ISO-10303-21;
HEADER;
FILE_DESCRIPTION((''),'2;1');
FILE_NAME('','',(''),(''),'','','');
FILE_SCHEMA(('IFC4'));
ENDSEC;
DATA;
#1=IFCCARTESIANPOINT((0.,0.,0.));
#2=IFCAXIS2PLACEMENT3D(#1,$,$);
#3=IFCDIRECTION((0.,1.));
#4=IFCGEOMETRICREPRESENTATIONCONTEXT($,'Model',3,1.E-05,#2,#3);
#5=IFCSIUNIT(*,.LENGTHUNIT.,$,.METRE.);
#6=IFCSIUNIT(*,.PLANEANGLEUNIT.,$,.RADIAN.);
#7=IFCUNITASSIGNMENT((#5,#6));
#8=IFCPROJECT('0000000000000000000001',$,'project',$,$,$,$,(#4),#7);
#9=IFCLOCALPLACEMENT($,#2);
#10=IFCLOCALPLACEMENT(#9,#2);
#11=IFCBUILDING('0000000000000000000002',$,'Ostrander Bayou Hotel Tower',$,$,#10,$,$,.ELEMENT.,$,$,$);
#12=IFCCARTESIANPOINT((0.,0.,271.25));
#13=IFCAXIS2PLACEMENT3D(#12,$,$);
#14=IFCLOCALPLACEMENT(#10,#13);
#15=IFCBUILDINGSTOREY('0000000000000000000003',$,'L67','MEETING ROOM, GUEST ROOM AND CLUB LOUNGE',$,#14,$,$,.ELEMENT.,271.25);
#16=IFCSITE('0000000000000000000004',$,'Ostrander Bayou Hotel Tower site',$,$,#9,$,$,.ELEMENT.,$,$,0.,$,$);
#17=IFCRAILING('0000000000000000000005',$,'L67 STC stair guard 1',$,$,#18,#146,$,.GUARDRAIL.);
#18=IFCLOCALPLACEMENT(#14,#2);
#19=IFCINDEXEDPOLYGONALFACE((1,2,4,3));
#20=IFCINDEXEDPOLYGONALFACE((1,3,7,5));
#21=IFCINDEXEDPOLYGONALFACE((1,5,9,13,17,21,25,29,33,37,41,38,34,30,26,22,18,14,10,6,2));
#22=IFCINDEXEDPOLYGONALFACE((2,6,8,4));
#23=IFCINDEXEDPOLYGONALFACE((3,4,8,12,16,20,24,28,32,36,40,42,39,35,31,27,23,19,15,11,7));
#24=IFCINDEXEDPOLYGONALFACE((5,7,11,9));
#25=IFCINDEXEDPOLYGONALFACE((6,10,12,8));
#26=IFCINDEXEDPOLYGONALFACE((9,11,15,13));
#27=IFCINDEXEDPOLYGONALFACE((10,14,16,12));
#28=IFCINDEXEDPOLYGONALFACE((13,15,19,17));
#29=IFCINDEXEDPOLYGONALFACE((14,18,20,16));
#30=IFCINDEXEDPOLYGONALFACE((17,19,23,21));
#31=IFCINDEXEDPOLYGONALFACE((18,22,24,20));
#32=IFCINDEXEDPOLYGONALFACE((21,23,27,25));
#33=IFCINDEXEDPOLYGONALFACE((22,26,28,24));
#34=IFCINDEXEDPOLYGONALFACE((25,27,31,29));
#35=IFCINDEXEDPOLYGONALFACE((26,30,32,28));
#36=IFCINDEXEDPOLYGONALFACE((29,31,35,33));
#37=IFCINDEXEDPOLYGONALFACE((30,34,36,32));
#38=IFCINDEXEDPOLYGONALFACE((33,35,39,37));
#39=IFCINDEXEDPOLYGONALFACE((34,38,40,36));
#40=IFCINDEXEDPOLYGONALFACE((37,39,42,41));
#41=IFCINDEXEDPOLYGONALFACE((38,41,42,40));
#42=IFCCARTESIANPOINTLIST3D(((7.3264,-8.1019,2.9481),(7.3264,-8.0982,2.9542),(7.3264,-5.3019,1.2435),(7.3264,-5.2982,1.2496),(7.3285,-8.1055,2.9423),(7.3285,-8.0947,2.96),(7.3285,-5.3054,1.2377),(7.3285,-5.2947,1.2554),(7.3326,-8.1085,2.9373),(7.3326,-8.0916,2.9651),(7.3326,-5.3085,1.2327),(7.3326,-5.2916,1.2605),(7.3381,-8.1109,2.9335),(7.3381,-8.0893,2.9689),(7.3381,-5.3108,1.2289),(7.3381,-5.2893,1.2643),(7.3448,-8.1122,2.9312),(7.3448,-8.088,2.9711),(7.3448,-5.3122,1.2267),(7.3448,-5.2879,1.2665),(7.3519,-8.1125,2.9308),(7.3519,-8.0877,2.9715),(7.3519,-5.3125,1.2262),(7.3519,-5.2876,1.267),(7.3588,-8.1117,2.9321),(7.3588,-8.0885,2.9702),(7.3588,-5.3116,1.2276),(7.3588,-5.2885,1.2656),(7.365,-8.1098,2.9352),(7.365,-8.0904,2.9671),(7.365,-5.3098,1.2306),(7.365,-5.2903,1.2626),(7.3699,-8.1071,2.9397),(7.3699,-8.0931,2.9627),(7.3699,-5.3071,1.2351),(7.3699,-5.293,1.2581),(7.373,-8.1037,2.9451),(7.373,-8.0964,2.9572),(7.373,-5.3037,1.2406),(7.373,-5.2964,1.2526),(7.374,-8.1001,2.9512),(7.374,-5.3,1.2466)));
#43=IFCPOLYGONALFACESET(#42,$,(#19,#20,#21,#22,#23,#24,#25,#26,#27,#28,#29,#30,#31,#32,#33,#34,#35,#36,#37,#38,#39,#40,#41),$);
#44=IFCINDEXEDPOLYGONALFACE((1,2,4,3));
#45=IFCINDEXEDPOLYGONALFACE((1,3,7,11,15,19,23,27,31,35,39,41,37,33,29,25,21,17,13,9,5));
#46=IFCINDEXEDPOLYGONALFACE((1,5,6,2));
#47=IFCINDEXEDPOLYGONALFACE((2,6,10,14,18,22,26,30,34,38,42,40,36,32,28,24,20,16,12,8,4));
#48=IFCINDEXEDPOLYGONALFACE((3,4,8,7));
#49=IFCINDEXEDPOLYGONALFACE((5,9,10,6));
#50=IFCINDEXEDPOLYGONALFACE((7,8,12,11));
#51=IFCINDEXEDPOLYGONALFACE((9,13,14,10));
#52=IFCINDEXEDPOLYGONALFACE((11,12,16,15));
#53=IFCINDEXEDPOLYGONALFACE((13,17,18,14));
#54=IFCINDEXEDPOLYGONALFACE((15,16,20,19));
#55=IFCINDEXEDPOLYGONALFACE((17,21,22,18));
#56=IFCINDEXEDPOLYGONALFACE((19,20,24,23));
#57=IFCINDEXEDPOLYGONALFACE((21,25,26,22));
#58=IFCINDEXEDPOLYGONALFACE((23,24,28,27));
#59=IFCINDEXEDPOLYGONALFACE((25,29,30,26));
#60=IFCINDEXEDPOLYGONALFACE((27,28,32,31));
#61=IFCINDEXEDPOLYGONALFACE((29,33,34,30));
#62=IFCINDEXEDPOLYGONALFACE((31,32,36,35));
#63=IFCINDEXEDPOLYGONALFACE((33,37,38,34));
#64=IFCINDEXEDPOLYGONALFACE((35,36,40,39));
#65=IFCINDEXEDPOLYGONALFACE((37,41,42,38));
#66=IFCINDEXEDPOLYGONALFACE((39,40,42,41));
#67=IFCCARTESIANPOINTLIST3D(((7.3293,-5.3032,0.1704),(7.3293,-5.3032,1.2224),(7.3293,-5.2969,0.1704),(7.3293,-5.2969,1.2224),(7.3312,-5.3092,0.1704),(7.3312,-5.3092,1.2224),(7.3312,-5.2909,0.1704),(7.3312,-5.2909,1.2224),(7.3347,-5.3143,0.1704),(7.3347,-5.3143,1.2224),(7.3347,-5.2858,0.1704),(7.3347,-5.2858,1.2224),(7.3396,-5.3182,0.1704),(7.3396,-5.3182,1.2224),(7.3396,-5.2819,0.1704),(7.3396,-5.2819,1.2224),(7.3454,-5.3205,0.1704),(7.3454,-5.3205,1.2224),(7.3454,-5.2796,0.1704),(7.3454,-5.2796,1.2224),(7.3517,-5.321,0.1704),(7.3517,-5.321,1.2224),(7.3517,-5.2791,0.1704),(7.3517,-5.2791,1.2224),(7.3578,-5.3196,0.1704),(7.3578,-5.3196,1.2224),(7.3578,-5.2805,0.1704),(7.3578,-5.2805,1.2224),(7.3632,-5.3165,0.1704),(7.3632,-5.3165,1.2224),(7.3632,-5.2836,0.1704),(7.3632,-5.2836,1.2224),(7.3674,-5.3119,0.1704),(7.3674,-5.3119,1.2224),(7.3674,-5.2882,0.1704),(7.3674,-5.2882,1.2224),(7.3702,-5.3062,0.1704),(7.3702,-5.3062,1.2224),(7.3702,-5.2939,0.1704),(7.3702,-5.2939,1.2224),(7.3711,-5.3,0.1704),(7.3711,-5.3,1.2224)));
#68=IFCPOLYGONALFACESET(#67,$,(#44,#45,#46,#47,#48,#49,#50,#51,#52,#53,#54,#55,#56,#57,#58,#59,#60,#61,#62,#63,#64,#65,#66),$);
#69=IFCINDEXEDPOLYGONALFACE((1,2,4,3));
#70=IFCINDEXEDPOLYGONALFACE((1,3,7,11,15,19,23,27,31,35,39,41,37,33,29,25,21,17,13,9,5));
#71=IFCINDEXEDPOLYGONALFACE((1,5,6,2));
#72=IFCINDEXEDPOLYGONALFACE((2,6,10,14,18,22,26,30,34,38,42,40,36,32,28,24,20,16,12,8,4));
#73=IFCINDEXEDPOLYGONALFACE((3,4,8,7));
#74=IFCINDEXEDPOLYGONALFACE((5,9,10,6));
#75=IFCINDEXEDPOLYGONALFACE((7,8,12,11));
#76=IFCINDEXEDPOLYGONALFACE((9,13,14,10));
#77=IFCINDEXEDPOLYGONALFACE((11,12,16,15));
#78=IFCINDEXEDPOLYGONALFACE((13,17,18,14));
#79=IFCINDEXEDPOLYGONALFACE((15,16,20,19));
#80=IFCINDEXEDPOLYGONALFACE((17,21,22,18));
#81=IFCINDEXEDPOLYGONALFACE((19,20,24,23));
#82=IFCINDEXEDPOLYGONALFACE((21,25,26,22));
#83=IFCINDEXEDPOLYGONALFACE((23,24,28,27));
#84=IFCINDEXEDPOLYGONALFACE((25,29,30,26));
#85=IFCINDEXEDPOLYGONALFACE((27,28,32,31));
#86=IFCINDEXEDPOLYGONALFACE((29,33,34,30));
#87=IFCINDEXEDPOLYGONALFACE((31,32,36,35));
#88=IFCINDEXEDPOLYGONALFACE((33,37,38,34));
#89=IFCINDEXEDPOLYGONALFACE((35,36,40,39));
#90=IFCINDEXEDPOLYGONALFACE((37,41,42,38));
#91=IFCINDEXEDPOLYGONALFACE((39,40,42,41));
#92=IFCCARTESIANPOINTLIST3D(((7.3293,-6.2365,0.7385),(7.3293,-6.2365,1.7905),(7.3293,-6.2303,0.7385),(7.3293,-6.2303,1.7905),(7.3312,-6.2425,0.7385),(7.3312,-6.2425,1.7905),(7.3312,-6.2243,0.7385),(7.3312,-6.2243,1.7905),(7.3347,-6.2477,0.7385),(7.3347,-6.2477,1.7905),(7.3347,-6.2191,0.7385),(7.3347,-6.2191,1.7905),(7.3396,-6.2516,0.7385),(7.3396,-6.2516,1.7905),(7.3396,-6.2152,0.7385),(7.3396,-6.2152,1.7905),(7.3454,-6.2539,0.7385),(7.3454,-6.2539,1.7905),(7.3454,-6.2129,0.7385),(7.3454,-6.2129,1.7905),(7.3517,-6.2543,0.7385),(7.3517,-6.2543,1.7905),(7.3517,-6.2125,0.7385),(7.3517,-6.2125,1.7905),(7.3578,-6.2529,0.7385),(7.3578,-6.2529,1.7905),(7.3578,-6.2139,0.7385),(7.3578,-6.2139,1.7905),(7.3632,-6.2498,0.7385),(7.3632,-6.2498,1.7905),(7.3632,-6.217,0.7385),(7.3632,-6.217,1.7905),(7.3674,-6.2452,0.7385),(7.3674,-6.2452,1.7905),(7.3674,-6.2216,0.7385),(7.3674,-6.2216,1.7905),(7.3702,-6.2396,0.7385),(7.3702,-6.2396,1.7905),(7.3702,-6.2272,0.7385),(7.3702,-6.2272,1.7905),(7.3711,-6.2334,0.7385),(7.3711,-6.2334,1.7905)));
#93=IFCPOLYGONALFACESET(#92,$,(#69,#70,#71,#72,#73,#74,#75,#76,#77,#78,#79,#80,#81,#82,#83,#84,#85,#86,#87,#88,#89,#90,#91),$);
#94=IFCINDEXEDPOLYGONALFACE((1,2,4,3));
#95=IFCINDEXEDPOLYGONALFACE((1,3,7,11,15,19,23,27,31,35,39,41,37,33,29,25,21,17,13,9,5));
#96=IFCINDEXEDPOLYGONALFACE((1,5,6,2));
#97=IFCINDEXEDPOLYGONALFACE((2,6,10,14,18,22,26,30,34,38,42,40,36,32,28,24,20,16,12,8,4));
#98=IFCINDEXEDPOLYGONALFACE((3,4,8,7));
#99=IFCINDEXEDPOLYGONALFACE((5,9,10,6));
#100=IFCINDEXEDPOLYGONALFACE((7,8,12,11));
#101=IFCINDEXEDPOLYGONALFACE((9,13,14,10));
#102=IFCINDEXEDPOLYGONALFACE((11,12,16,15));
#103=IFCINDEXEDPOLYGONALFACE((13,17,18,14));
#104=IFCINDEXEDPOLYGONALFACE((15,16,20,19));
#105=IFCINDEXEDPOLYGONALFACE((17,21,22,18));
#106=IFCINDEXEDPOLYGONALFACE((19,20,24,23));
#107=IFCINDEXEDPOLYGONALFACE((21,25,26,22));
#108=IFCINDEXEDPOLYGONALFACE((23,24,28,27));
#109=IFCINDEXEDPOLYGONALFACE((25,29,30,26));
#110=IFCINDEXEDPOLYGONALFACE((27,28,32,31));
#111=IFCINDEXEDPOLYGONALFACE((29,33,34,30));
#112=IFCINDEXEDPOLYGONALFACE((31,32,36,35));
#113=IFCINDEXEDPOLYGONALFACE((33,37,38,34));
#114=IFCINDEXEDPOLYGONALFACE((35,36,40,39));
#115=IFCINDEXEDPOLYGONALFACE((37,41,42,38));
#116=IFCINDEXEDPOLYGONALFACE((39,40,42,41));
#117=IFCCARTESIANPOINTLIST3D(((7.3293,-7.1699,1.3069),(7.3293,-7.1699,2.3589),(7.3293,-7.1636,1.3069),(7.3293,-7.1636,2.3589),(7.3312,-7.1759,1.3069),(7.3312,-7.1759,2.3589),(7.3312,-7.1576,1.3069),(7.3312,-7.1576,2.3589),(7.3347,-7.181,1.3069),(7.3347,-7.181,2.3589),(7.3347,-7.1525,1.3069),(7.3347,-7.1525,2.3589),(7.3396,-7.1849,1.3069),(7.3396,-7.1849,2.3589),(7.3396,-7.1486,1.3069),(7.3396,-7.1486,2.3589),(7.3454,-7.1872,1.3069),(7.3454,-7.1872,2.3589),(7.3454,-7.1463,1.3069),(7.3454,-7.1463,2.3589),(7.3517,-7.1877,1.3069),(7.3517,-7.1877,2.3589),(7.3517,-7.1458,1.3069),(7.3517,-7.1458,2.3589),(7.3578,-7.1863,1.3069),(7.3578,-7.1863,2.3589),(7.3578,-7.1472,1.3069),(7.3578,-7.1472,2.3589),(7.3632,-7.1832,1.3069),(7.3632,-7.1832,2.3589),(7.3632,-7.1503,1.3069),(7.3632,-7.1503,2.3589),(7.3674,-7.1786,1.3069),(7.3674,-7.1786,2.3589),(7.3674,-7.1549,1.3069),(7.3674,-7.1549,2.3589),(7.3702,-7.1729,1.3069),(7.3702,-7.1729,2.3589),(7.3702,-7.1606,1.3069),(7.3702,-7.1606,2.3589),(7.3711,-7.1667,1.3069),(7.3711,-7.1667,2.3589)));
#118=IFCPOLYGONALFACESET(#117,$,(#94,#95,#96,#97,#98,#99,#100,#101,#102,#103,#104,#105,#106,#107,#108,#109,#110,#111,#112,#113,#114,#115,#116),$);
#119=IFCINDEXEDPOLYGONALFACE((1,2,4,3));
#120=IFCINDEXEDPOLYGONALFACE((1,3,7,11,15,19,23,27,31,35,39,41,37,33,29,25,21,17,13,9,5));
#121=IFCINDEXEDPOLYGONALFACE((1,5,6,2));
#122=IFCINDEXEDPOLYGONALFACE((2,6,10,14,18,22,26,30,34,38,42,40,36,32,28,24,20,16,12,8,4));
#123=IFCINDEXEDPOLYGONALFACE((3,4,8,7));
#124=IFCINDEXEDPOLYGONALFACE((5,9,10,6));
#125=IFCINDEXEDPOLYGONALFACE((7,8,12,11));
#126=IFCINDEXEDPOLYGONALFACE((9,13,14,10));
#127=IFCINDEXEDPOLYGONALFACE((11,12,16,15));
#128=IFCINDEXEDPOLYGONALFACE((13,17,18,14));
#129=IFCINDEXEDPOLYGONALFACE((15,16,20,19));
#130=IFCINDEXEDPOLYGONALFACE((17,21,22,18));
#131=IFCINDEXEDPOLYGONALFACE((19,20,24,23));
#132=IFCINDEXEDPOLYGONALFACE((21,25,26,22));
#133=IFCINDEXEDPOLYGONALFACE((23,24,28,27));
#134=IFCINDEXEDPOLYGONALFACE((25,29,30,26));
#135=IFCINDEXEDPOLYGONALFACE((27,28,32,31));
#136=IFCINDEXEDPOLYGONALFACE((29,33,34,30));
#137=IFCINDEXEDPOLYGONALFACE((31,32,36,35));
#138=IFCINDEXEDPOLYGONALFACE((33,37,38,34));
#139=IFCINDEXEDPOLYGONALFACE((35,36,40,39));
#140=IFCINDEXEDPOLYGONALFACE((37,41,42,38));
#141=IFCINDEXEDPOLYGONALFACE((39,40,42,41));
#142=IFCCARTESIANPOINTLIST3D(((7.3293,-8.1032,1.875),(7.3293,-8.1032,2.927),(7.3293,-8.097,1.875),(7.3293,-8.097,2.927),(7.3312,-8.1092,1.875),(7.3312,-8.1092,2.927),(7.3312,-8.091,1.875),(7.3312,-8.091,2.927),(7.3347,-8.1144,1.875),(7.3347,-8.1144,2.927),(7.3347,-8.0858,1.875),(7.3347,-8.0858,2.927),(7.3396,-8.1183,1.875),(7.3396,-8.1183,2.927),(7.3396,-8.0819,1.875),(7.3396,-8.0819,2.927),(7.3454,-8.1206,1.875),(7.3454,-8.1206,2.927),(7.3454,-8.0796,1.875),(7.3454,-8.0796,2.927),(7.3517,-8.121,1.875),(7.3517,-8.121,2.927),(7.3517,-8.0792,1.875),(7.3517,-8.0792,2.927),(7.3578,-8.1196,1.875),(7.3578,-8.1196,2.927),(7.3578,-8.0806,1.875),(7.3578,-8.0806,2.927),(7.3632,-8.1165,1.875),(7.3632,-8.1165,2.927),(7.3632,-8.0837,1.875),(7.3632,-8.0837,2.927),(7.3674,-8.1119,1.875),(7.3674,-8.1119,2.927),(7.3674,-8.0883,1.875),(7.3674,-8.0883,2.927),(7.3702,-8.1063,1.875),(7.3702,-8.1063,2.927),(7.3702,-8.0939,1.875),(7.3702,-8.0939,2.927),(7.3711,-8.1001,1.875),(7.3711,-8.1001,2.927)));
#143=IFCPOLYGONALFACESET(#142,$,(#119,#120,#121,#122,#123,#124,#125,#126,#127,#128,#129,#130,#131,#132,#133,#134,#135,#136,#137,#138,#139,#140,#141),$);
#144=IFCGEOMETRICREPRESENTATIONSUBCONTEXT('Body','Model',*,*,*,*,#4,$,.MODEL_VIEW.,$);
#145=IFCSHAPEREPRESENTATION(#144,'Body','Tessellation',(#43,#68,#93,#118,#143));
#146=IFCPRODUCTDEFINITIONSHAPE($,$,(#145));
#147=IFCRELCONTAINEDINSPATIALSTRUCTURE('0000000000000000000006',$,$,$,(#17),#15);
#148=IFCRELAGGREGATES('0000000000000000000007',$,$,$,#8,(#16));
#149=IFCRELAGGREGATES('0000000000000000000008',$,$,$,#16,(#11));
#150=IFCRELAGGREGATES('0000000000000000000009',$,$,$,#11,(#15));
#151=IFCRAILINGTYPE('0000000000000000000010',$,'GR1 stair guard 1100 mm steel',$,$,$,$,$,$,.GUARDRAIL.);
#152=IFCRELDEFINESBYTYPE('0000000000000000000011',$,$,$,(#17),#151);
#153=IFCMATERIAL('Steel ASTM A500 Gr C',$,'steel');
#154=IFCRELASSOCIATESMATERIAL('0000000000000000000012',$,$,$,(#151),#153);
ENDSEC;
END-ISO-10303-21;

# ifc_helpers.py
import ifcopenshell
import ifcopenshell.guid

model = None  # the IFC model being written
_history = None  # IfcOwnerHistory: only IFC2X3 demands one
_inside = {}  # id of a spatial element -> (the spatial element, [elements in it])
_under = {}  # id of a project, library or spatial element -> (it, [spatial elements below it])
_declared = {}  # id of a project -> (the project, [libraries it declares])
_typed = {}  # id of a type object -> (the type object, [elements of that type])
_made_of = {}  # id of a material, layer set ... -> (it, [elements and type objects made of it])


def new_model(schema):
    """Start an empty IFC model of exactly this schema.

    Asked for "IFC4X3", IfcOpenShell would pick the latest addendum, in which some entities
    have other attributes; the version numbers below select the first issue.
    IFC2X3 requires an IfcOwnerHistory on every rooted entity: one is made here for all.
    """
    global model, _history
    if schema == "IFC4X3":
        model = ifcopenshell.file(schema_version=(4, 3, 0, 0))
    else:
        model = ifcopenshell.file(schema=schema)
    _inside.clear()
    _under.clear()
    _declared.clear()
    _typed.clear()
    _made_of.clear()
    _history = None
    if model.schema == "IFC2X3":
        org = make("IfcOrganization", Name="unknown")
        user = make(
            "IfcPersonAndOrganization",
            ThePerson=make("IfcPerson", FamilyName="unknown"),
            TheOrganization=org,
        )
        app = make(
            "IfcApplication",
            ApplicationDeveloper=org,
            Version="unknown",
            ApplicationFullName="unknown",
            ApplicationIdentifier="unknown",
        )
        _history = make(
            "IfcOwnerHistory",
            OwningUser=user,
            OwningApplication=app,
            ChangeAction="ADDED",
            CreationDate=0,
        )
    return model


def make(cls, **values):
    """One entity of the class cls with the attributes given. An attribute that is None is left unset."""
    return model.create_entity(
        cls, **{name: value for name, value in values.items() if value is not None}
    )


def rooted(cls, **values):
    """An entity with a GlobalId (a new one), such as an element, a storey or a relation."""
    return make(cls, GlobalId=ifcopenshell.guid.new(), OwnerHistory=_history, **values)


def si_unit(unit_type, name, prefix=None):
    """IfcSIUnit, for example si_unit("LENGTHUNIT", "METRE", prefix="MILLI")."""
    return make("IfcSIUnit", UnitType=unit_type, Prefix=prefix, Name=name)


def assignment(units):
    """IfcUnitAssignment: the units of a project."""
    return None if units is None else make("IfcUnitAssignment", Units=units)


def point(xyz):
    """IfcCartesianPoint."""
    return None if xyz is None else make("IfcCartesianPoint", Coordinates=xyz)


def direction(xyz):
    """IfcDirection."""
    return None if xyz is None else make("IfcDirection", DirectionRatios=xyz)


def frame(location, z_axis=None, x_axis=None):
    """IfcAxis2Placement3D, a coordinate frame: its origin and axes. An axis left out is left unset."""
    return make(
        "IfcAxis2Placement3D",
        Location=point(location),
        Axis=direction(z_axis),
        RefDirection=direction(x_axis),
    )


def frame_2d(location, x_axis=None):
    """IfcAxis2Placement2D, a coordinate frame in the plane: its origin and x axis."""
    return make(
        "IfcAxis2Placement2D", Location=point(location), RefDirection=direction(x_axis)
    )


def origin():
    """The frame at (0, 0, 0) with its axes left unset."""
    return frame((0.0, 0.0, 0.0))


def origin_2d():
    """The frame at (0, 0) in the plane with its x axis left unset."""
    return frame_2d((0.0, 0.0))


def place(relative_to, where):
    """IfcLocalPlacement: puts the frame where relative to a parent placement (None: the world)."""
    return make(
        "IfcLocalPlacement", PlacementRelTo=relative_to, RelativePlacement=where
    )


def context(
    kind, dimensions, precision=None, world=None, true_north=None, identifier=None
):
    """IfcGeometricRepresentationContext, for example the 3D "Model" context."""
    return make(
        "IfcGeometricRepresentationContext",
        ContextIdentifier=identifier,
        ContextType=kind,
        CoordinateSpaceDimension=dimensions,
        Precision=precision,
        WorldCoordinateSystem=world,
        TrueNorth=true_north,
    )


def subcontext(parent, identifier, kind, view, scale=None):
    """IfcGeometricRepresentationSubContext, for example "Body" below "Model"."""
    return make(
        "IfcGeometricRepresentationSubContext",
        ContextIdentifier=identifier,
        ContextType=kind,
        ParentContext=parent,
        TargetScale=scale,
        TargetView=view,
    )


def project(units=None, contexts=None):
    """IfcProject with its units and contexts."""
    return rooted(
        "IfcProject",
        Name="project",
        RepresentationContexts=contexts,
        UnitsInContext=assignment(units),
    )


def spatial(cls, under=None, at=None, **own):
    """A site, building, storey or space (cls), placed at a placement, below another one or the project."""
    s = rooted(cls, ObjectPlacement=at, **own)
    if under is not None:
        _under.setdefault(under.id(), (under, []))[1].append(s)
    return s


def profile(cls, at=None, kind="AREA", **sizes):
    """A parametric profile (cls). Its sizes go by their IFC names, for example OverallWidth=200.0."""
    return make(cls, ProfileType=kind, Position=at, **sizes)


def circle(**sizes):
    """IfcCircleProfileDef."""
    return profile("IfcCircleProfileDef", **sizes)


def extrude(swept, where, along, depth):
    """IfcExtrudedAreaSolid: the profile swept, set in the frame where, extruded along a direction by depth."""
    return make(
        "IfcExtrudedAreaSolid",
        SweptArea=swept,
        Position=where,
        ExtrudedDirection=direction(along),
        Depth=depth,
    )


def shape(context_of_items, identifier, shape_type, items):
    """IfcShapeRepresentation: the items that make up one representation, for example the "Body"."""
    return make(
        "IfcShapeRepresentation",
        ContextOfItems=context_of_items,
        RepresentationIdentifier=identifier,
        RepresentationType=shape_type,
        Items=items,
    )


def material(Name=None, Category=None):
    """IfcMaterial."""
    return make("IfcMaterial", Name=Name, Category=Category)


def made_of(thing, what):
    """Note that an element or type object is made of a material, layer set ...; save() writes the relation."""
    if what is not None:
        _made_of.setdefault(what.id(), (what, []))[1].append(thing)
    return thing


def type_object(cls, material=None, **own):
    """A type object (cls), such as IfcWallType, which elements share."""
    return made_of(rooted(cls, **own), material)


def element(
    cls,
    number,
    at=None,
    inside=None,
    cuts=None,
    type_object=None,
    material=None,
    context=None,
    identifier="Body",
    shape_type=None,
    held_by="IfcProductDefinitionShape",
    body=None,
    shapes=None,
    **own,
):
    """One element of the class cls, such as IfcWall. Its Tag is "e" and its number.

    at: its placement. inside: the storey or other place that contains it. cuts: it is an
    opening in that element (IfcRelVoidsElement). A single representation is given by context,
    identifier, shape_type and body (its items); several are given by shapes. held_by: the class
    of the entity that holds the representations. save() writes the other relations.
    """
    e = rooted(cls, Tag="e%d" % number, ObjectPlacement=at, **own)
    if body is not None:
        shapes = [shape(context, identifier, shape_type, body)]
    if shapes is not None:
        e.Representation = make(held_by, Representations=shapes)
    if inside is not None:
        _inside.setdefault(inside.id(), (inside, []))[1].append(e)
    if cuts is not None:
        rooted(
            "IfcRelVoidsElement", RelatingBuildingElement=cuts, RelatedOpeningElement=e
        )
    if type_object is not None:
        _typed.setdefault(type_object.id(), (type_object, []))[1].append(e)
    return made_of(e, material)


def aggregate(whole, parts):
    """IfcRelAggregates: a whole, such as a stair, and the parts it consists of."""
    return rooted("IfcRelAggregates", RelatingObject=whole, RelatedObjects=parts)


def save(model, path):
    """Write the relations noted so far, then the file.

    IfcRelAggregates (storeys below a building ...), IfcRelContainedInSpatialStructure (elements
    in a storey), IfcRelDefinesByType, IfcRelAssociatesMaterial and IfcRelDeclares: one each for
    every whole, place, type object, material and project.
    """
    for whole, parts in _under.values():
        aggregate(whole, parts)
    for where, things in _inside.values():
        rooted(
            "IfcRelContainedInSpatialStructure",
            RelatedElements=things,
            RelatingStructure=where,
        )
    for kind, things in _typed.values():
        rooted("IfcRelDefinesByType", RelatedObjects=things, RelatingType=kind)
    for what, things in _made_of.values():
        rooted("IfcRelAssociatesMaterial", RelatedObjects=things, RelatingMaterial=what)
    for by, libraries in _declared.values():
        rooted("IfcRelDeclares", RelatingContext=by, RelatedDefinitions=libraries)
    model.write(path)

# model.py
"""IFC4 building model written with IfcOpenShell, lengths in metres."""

from ifc_helpers import new_model, si_unit, direction, frame, origin, origin_2d, place, context, subcontext, project, spatial, circle, extrude, material, type_object, element, save


model = new_model("IFC4")

# Units and contexts
model_context = context("Model", 3, precision=1e-05, world=origin(), true_north=direction((0.0, 1.0)))
body_context = subcontext(model_context, "Body", "Model", "MODEL_VIEW")
ifc_project = project(units=[si_unit("LENGTHUNIT", "METRE"), si_unit("PLANEANGLEUNIT", "RADIAN")], contexts=[model_context])

# Site, building, storey
site_placement = place(None, origin())
site = spatial("IfcSite", under=ifc_project, at=site_placement, Name="Ostrander Bayou Hotel Tower site", CompositionType="ELEMENT", RefElevation=0.0)
building_placement = place(site_placement, origin())
building = spatial("IfcBuilding", under=site, at=building_placement, Name="Ostrander Bayou Hotel Tower", CompositionType="ELEMENT")
storey_placement = place(building_placement, frame((0.0, 0.0, 271.25)))
storey = spatial("IfcBuildingStorey", under=building, at=storey_placement, Name="L67", Description="MEETING ROOM, GUEST ROOM AND CLUB LOUNGE", CompositionType="ELEMENT", Elevation=271.25)

# Railing
ifc_material_1 = material(Name="Steel ASTM A500 Gr C", Category="steel")
railing_type_1 = type_object("IfcRailingType", Name="GR1 stair guard 1100 mm steel", PredefinedType="GUARDRAIL", material=ifc_material_1)
railing_1_placement = place(storey_placement, frame((7.3501, -5.3, 0.1704)))
element("IfcRailing", 1, at=railing_1_placement, inside=storey, type_object=railing_type_1, Name="L67 STC stair guard 1", PredefinedType="GUARDRAIL", context=body_context, shape_type="SweptSolid", body=[
    extrude(circle(Radius=0.0239, at=origin_2d()), frame((0.0, 0.0, 1.0762), z_axis=(0.0, -0.85417, 0.519994), x_axis=(1.0, 0.0, 0.0)), (0.0, 0.0, 1.0), 3.2781),
    extrude(circle(Radius=0.021, at=origin_2d()), origin(), (0.0, 0.0, 1.0), 1.052),
    extrude(circle(Radius=0.021, at=origin_2d()), frame((0.0, -0.9333, 0.5681)), (0.0, 0.0, 1.0), 1.052),
    extrude(circle(Radius=0.021, at=origin_2d()), frame((0.0, -1.8667, 1.1365)), (0.0, 0.0, 1.0), 1.052),
    extrude(circle(Radius=0.021, at=origin_2d()), frame((0.0, -2.8, 1.7046)), (0.0, 0.0, 1.0), 1.052),
])

save(model, "model.ifc")
